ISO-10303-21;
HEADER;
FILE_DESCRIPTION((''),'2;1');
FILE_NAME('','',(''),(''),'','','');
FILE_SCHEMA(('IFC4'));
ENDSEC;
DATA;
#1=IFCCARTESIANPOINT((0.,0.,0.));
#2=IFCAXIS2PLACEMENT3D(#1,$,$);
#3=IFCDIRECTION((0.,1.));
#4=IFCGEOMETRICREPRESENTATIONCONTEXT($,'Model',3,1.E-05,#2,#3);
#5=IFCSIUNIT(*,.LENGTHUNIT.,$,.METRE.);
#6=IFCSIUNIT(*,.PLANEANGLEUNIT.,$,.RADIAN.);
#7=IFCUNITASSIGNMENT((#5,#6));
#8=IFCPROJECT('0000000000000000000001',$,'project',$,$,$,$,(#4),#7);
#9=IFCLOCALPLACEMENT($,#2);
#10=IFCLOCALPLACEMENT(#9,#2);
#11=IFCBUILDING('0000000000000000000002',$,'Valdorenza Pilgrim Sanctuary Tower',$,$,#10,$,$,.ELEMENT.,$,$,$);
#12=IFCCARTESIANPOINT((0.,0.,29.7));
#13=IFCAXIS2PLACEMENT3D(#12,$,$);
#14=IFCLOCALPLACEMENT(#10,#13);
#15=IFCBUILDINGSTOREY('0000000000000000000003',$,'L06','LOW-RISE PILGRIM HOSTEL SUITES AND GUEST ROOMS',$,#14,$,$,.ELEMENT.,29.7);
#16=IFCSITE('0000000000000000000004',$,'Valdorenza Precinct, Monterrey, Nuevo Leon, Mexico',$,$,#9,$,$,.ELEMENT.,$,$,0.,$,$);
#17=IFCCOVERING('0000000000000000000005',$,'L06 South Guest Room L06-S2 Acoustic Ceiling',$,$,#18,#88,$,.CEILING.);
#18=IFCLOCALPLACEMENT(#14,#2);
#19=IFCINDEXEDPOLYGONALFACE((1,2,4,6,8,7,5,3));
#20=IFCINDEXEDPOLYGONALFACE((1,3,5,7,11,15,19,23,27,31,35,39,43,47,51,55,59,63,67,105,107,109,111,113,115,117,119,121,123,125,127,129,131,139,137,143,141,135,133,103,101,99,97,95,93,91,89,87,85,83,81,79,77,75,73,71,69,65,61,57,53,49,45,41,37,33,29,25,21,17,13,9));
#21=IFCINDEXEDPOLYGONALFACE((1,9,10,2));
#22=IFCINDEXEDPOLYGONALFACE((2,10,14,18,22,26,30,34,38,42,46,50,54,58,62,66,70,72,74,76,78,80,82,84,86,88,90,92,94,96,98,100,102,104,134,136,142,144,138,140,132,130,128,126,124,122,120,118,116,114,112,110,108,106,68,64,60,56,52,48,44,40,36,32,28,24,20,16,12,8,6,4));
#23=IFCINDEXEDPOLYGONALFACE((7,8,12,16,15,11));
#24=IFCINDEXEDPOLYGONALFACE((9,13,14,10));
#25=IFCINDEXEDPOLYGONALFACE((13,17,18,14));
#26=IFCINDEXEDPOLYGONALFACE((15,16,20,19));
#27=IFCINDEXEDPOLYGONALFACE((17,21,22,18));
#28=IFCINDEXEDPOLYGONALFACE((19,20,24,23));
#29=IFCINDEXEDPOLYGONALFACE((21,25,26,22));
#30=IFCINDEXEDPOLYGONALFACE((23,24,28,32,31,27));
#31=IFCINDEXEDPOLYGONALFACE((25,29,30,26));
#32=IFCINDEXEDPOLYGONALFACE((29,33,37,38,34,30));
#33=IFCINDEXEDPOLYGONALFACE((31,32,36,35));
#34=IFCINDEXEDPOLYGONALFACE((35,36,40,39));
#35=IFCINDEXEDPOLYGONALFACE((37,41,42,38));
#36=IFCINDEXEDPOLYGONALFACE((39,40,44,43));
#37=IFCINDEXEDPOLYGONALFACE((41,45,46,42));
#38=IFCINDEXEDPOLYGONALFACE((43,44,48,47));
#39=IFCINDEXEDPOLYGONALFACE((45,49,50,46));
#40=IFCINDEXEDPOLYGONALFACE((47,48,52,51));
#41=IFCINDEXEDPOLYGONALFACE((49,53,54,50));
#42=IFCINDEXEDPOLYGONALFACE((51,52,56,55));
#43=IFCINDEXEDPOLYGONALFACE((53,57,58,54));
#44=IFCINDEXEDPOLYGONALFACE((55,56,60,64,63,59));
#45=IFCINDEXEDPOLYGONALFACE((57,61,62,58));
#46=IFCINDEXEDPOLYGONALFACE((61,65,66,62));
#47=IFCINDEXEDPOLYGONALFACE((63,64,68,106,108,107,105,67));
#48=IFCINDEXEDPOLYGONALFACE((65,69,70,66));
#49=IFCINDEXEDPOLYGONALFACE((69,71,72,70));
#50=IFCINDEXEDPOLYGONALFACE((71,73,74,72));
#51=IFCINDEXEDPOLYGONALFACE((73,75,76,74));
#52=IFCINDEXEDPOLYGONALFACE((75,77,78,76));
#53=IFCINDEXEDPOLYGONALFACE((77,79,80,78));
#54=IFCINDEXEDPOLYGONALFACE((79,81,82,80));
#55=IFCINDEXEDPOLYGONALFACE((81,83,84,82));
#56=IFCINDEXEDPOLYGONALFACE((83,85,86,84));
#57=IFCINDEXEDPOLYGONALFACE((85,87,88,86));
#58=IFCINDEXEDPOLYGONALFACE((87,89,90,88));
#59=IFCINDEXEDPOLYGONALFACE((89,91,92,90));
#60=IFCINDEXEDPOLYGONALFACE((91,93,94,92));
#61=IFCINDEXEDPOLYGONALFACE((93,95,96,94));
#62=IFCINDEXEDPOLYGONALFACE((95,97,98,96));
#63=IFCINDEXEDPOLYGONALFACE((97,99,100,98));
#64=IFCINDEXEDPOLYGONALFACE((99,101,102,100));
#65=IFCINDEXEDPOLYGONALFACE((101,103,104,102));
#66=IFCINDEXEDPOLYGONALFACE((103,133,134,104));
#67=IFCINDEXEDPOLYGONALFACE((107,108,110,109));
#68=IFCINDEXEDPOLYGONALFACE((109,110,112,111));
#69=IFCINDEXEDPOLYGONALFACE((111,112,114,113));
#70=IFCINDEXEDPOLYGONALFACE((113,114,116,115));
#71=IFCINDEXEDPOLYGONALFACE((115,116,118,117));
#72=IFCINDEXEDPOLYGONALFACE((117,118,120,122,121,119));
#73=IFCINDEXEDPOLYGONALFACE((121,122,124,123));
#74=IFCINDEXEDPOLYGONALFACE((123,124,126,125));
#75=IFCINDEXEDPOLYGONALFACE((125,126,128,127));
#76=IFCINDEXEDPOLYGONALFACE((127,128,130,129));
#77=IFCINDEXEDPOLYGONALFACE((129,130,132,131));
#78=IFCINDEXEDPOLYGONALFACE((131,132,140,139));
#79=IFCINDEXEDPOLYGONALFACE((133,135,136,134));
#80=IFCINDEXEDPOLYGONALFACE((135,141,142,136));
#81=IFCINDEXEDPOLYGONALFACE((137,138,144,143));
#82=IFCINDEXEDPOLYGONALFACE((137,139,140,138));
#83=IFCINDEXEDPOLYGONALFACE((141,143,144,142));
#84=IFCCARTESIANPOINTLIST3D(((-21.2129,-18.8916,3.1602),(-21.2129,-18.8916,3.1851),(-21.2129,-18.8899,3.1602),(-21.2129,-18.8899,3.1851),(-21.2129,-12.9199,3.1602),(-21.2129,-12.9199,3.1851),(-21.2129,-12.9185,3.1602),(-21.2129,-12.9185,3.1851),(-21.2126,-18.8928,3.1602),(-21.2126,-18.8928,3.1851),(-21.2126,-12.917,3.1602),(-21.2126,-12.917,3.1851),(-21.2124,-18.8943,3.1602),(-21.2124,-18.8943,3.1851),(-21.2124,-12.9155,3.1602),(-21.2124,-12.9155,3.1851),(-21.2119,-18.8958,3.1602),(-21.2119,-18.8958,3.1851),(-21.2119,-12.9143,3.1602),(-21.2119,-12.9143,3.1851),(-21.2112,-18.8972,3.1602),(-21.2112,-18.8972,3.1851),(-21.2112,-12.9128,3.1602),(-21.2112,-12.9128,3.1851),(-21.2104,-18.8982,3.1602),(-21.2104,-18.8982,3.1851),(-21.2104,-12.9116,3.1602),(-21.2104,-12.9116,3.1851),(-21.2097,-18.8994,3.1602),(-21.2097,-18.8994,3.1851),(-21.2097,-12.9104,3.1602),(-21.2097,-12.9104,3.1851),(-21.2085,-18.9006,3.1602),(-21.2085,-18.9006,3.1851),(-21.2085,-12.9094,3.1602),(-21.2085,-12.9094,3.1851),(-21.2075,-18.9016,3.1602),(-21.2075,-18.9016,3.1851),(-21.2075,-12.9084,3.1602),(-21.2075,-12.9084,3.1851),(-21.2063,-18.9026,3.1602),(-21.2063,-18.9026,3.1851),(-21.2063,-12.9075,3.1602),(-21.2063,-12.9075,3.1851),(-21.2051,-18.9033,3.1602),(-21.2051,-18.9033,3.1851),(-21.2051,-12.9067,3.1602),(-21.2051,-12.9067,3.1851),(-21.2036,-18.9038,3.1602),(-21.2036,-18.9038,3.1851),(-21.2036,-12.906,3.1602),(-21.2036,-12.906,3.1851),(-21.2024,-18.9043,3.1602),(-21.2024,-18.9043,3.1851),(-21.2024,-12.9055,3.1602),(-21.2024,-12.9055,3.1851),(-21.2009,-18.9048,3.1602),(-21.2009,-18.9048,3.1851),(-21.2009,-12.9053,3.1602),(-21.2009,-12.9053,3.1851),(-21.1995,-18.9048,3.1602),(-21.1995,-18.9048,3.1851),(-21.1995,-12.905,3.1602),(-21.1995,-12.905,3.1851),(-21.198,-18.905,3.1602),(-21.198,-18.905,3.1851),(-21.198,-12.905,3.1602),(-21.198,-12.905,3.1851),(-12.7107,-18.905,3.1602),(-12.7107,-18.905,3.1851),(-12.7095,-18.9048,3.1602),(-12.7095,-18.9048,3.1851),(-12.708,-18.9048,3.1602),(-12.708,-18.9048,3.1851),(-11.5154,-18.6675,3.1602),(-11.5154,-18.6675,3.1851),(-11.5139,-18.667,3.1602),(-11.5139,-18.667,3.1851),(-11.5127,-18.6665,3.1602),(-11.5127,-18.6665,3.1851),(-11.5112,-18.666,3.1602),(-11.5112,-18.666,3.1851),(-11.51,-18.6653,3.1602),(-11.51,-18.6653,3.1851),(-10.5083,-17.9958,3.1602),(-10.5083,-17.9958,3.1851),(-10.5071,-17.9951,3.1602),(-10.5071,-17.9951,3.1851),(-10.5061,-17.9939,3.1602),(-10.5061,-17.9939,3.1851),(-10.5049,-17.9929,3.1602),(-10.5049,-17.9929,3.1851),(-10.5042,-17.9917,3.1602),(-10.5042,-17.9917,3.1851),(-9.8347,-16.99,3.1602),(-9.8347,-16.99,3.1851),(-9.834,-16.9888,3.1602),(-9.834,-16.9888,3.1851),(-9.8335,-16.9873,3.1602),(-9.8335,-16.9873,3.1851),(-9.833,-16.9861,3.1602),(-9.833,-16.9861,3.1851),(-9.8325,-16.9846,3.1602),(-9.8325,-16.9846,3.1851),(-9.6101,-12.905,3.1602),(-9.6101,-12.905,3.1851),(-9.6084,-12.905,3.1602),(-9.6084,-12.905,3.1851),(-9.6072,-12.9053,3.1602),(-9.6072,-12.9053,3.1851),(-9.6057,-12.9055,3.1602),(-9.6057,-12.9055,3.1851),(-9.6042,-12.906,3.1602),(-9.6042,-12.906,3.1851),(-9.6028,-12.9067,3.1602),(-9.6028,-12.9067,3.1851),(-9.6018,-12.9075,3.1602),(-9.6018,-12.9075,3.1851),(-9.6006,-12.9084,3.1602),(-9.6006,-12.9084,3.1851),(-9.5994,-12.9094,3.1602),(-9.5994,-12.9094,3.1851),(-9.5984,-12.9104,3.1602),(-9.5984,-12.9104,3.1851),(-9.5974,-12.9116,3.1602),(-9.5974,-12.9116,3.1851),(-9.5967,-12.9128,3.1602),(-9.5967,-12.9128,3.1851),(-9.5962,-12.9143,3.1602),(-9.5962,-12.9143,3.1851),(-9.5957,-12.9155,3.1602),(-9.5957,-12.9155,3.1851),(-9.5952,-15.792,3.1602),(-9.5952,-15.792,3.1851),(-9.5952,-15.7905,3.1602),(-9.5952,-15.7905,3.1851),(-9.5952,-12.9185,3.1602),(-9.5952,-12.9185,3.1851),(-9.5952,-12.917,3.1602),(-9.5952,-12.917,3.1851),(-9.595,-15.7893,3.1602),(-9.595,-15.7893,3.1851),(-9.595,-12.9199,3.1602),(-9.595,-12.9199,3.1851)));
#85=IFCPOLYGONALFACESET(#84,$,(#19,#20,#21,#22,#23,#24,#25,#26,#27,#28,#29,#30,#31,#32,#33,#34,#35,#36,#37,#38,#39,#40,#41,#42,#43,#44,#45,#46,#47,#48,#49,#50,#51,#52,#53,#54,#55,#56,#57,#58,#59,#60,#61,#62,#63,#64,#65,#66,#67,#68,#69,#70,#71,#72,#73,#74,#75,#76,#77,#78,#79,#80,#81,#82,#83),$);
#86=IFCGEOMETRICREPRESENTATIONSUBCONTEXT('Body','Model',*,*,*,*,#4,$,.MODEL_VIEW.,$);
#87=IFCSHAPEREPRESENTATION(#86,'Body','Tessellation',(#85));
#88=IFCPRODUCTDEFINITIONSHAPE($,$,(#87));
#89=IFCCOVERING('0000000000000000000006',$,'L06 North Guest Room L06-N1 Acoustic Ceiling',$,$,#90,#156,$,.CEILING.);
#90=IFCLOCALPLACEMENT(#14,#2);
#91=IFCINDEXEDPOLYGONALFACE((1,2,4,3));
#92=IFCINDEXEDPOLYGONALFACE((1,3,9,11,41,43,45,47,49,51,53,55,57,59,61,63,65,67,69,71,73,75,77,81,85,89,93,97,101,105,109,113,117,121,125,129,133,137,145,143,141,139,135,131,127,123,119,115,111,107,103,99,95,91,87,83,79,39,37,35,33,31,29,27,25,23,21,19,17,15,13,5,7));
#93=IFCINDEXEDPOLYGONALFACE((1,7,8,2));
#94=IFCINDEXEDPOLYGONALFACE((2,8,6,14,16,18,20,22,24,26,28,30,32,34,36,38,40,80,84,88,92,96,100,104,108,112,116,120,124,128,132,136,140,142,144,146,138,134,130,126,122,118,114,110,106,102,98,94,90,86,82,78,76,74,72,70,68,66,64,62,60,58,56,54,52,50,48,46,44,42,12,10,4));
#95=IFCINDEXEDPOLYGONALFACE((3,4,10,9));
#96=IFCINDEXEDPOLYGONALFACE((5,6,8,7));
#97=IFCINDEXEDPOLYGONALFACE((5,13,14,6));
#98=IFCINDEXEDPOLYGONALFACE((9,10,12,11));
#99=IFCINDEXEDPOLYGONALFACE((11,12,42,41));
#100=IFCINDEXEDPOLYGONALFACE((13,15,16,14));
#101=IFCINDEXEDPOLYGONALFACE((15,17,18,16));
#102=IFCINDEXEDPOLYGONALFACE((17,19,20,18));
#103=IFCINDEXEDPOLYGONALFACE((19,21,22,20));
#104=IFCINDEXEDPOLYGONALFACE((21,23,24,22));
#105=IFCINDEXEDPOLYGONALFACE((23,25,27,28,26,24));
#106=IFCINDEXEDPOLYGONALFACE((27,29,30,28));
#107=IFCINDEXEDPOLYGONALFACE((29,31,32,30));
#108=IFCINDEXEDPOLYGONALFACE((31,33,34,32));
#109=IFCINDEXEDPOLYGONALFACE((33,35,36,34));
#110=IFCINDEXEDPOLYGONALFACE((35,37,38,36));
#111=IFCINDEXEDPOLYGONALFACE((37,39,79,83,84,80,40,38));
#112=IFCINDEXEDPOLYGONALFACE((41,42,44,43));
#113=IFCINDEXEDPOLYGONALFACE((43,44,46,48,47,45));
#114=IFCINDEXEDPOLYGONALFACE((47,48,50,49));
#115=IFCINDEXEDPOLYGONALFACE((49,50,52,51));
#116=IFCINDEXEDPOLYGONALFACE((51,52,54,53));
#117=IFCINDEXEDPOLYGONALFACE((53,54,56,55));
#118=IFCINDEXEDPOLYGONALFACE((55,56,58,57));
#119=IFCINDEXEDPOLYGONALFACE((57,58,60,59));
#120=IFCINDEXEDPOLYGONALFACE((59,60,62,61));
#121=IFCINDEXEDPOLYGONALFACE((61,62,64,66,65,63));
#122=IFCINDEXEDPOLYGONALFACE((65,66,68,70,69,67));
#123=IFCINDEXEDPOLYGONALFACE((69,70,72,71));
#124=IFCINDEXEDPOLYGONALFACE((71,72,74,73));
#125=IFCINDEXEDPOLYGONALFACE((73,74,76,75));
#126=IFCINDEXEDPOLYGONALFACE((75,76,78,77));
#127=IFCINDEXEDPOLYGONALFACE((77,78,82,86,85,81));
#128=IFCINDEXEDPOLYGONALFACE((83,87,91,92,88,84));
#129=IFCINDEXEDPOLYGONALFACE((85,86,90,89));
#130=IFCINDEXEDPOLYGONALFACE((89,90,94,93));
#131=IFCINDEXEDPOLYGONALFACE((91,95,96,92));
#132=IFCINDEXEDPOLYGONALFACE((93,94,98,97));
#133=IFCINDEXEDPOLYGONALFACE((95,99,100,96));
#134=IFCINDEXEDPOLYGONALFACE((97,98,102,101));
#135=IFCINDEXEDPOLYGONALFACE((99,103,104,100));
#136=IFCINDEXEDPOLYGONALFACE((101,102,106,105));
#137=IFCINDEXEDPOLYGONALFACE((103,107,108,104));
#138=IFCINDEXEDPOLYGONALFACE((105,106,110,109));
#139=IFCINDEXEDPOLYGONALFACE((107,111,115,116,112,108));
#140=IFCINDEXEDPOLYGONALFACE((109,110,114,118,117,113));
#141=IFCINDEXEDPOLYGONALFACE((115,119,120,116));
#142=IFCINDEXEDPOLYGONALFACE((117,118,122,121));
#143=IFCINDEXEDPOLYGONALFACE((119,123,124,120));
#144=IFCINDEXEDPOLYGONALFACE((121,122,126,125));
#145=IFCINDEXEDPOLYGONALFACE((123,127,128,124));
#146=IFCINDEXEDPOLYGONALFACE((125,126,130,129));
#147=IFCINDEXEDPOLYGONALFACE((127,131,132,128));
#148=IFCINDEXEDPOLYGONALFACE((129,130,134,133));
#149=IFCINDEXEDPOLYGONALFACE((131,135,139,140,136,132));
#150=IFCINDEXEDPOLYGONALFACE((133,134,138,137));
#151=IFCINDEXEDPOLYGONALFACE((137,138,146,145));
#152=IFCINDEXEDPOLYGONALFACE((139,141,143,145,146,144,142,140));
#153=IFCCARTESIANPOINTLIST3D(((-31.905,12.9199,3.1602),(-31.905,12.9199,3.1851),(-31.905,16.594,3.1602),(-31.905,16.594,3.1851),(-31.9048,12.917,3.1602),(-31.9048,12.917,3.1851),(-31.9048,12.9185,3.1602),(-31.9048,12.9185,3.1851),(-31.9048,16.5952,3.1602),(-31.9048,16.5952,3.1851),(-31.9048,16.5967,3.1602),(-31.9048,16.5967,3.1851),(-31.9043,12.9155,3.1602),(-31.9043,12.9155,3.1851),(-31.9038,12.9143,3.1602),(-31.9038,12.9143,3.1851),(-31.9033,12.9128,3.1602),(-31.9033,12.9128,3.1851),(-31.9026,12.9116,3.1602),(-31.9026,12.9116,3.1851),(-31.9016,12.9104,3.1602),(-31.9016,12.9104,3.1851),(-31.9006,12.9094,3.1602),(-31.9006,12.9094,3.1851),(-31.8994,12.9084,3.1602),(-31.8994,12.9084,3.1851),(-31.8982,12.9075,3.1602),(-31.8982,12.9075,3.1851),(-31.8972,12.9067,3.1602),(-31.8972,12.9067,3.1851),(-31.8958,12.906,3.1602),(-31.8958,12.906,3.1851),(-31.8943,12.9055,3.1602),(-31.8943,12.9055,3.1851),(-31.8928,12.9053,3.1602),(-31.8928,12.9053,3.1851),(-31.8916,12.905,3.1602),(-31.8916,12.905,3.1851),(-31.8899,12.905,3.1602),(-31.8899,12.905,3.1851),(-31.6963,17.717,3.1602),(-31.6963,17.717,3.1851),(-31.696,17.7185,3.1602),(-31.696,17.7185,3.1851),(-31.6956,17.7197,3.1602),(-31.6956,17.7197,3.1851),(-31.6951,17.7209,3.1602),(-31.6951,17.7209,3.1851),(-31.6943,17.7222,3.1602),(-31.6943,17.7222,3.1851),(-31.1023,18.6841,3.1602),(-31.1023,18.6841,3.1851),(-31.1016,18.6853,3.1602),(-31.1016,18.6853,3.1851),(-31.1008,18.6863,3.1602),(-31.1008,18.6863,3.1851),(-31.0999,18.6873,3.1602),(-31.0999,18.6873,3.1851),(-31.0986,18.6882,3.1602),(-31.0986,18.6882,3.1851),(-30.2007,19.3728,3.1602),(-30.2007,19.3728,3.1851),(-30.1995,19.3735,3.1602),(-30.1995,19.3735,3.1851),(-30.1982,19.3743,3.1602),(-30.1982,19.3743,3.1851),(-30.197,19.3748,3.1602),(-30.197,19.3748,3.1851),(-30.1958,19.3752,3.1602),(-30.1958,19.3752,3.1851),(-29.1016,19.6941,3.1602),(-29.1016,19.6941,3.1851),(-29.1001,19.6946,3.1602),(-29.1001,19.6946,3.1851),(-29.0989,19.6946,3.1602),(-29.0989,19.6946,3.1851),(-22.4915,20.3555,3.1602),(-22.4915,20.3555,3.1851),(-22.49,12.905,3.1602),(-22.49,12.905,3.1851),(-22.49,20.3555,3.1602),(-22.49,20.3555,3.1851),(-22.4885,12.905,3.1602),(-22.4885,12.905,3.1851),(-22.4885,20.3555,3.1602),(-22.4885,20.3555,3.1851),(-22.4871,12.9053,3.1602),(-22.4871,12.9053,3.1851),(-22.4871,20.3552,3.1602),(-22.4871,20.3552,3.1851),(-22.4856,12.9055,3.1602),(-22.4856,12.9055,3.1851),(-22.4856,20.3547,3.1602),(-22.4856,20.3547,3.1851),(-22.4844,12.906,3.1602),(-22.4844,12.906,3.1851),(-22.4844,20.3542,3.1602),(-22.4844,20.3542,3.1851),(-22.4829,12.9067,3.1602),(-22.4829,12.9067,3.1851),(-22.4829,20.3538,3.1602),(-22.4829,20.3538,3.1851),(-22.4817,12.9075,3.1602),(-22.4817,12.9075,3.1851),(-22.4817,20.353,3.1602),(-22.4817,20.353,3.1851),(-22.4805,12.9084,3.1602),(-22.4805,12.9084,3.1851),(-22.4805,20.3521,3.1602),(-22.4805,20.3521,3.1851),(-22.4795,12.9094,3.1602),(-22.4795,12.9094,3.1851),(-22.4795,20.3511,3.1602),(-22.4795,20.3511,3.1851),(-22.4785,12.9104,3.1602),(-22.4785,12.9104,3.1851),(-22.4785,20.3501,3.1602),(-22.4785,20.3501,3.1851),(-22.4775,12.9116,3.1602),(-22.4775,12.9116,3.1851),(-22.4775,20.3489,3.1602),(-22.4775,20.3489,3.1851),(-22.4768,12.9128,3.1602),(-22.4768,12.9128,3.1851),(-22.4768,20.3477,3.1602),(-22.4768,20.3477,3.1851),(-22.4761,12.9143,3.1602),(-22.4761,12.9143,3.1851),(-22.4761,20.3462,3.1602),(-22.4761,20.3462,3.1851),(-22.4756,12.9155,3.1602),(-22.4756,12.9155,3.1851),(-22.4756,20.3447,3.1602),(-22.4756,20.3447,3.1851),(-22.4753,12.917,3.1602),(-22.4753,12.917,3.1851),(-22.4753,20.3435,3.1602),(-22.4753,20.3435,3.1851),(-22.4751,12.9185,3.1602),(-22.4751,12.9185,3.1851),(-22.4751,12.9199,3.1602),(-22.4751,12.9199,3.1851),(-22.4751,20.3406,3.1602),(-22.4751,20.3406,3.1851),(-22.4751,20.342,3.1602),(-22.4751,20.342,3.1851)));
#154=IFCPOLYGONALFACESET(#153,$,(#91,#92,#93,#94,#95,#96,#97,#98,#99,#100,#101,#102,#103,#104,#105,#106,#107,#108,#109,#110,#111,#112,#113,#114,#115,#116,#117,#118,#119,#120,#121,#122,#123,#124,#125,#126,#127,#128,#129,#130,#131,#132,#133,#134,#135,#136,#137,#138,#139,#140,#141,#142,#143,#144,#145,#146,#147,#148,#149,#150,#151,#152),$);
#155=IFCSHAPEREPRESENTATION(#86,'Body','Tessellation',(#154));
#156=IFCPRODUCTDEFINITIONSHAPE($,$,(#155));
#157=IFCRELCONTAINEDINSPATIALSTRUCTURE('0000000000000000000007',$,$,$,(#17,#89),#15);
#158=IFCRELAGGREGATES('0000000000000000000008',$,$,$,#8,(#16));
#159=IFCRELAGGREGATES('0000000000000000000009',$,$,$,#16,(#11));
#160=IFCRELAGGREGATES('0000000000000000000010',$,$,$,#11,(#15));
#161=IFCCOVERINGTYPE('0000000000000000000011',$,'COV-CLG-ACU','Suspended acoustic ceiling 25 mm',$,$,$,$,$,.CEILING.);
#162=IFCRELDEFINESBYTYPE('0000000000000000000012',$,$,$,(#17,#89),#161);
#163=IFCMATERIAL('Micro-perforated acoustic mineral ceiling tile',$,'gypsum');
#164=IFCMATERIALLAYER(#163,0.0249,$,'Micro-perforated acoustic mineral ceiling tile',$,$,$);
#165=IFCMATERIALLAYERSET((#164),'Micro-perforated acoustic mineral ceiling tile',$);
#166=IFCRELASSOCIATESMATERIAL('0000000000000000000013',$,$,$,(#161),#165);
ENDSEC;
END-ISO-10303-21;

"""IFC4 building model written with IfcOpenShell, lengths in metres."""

from ifc_helpers import new_model, si_unit, direction, frame, origin, place, context, subcontext, project, spatial, polyline, outline, extrude, material, layer, layer_set, type_object, element, save


model = new_model("IFC4")

# Units and contexts
model_context = context("Model", 3, precision=1e-05, world=origin(), true_north=direction((0.0, 1.0)))
body_context = subcontext(model_context, "Body", "Model", "MODEL_VIEW")
ifc_project = project(units=[si_unit("LENGTHUNIT", "METRE"), si_unit("PLANEANGLEUNIT", "RADIAN")], contexts=[model_context])

# Site, building, storey
site_placement = place(None, origin())
site = spatial("IfcSite", under=ifc_project, at=site_placement, Name="Valdorenza Precinct, Monterrey, Nuevo Leon, Mexico", CompositionType="ELEMENT", RefElevation=0.0)
building_placement = place(site_placement, origin())
building = spatial("IfcBuilding", under=site, at=building_placement, Name="Valdorenza Pilgrim Sanctuary Tower", CompositionType="ELEMENT")
storey_placement = place(building_placement, frame((0.0, 0.0, 29.7)))
storey = spatial("IfcBuildingStorey", under=building, at=storey_placement, Name="L06", Description="LOW-RISE PILGRIM HOSTEL SUITES AND GUEST ROOMS", CompositionType="ELEMENT", Elevation=29.7)

# Coverings
ifc_material_1 = material(Name="Micro-perforated acoustic mineral ceiling tile", Category="gypsum")
ifc_layer_1 = layer(ifc_material_1, 0.0249, Name="Micro-perforated acoustic mineral ceiling tile")
ifc_layer_set_1 = layer_set([ifc_layer_1], Name="Micro-perforated acoustic mineral ceiling tile")
covering_type_1 = type_object("IfcCoveringType", Name="COV-CLG-ACU", Description="Suspended acoustic ceiling 25 mm", PredefinedType="CEILING", material=ifc_layer_set_1)
covering_1_placement = place(storey_placement, frame((0.0, 0.0, 3.1602)))
element("IfcCovering", 1, at=covering_1_placement, inside=storey, type_object=covering_type_1, Name="L06 South Guest Room L06-S2 Acoustic Ceiling", PredefinedType="CEILING", context=body_context, shape_type="SweptSolid", body=[
    extrude(outline(polyline([(-9.6101, -12.905), (-9.6084, -12.905), (-9.6072, -12.9053), (-9.6057, -12.9055), (-9.6042, -12.906), (-9.6028, -12.9067), (-9.6018, -12.9075), (-9.6006, -12.9084), (-9.5994, -12.9094), (-9.5984, -12.9104), (-9.5974, -12.9116), (-9.5967, -12.9128), (-9.5962, -12.9143), (-9.5957, -12.9155), (-9.5952, -12.917), (-9.5952, -12.9185), (-9.595, -12.9199), (-9.595, -15.7893), (-9.5952, -15.7905), (-9.5952, -15.792), (-9.8325, -16.9846), (-9.833, -16.9861), (-9.8335, -16.9873), (-9.834, -16.9888), (-9.8347, -16.99), (-10.5042, -17.9917), (-10.5049, -17.9929), (-10.5061, -17.9939), (-10.5071, -17.9951), (-10.5083, -17.9958), (-11.51, -18.6653), (-11.5112, -18.666), (-11.5127, -18.6665), (-11.5139, -18.667), (-11.5154, -18.6675), (-12.708, -18.9048), (-12.7095, -18.9048), (-12.7107, -18.905), (-21.198, -18.905), (-21.1995, -18.9048), (-21.2009, -18.9048), (-21.2024, -18.9043), (-21.2036, -18.9038), (-21.2051, -18.9033), (-21.2063, -18.9026), (-21.2075, -18.9016), (-21.2085, -18.9006), (-21.2097, -18.8994), (-21.2104, -18.8982), (-21.2112, -18.8972), (-21.2119, -18.8958), (-21.2124, -18.8943), (-21.2126, -18.8928), (-21.2129, -18.8916), (-21.2129, -18.8899), (-21.2129, -12.9199), (-21.2129, -12.9185), (-21.2126, -12.917), (-21.2124, -12.9155), (-21.2119, -12.9143), (-21.2112, -12.9128), (-21.2104, -12.9116), (-21.2097, -12.9104), (-21.2085, -12.9094), (-21.2075, -12.9084), (-21.2063, -12.9075), (-21.2051, -12.9067), (-21.2036, -12.906), (-21.2024, -12.9055), (-21.2009, -12.9053), (-21.1995, -12.905), (-21.198, -12.905), (-9.6101, -12.905)])), origin(), (0.0, 0.0, 1.0), 0.0249),
])
covering_2_placement = place(storey_placement, frame((0.0, 0.0, 3.1602)))
element("IfcCovering", 2, at=covering_2_placement, inside=storey, type_object=covering_type_1, Name="L06 North Guest Room L06-N1 Acoustic Ceiling", PredefinedType="CEILING", context=body_context, shape_type="SweptSolid", body=[
    extrude(outline(polyline([(-31.6963, 17.717), (-31.696, 17.7185), (-31.6956, 17.7197), (-31.6951, 17.7209), (-31.6943, 17.7222), (-31.1023, 18.6841), (-31.1016, 18.6853), (-31.1008, 18.6863), (-31.0999, 18.6873), (-31.0986, 18.6882), (-30.2007, 19.3728), (-30.1995, 19.3735), (-30.1982, 19.3743), (-30.197, 19.3748), (-30.1958, 19.3752), (-29.1016, 19.6941), (-29.1001, 19.6946), (-29.0989, 19.6946), (-22.4915, 20.3555), (-22.49, 20.3555), (-22.4885, 20.3555), (-22.4871, 20.3552), (-22.4856, 20.3547), (-22.4844, 20.3542), (-22.4829, 20.3538), (-22.4817, 20.353), (-22.4805, 20.3521), (-22.4795, 20.3511), (-22.4785, 20.3501), (-22.4775, 20.3489), (-22.4768, 20.3477), (-22.4761, 20.3462), (-22.4756, 20.3447), (-22.4753, 20.3435), (-22.4751, 20.342), (-22.4751, 20.3406), (-22.4751, 12.9199), (-22.4751, 12.9185), (-22.4753, 12.917), (-22.4756, 12.9155), (-22.4761, 12.9143), (-22.4768, 12.9128), (-22.4775, 12.9116), (-22.4785, 12.9104), (-22.4795, 12.9094), (-22.4805, 12.9084), (-22.4817, 12.9075), (-22.4829, 12.9067), (-22.4844, 12.906), (-22.4856, 12.9055), (-22.4871, 12.9053), (-22.4885, 12.905), (-22.49, 12.905), (-31.8899, 12.905), (-31.8916, 12.905), (-31.8928, 12.9053), (-31.8943, 12.9055), (-31.8958, 12.906), (-31.8972, 12.9067), (-31.8982, 12.9075), (-31.8994, 12.9084), (-31.9006, 12.9094), (-31.9016, 12.9104), (-31.9026, 12.9116), (-31.9033, 12.9128), (-31.9038, 12.9143), (-31.9043, 12.9155), (-31.9048, 12.917), (-31.9048, 12.9185), (-31.905, 12.9199), (-31.905, 16.594), (-31.9048, 16.5952), (-31.9048, 16.5967), (-31.6963, 17.717)])), origin(), (0.0, 0.0, 1.0), 0.0249),
])

save(model, "model.ifc")
